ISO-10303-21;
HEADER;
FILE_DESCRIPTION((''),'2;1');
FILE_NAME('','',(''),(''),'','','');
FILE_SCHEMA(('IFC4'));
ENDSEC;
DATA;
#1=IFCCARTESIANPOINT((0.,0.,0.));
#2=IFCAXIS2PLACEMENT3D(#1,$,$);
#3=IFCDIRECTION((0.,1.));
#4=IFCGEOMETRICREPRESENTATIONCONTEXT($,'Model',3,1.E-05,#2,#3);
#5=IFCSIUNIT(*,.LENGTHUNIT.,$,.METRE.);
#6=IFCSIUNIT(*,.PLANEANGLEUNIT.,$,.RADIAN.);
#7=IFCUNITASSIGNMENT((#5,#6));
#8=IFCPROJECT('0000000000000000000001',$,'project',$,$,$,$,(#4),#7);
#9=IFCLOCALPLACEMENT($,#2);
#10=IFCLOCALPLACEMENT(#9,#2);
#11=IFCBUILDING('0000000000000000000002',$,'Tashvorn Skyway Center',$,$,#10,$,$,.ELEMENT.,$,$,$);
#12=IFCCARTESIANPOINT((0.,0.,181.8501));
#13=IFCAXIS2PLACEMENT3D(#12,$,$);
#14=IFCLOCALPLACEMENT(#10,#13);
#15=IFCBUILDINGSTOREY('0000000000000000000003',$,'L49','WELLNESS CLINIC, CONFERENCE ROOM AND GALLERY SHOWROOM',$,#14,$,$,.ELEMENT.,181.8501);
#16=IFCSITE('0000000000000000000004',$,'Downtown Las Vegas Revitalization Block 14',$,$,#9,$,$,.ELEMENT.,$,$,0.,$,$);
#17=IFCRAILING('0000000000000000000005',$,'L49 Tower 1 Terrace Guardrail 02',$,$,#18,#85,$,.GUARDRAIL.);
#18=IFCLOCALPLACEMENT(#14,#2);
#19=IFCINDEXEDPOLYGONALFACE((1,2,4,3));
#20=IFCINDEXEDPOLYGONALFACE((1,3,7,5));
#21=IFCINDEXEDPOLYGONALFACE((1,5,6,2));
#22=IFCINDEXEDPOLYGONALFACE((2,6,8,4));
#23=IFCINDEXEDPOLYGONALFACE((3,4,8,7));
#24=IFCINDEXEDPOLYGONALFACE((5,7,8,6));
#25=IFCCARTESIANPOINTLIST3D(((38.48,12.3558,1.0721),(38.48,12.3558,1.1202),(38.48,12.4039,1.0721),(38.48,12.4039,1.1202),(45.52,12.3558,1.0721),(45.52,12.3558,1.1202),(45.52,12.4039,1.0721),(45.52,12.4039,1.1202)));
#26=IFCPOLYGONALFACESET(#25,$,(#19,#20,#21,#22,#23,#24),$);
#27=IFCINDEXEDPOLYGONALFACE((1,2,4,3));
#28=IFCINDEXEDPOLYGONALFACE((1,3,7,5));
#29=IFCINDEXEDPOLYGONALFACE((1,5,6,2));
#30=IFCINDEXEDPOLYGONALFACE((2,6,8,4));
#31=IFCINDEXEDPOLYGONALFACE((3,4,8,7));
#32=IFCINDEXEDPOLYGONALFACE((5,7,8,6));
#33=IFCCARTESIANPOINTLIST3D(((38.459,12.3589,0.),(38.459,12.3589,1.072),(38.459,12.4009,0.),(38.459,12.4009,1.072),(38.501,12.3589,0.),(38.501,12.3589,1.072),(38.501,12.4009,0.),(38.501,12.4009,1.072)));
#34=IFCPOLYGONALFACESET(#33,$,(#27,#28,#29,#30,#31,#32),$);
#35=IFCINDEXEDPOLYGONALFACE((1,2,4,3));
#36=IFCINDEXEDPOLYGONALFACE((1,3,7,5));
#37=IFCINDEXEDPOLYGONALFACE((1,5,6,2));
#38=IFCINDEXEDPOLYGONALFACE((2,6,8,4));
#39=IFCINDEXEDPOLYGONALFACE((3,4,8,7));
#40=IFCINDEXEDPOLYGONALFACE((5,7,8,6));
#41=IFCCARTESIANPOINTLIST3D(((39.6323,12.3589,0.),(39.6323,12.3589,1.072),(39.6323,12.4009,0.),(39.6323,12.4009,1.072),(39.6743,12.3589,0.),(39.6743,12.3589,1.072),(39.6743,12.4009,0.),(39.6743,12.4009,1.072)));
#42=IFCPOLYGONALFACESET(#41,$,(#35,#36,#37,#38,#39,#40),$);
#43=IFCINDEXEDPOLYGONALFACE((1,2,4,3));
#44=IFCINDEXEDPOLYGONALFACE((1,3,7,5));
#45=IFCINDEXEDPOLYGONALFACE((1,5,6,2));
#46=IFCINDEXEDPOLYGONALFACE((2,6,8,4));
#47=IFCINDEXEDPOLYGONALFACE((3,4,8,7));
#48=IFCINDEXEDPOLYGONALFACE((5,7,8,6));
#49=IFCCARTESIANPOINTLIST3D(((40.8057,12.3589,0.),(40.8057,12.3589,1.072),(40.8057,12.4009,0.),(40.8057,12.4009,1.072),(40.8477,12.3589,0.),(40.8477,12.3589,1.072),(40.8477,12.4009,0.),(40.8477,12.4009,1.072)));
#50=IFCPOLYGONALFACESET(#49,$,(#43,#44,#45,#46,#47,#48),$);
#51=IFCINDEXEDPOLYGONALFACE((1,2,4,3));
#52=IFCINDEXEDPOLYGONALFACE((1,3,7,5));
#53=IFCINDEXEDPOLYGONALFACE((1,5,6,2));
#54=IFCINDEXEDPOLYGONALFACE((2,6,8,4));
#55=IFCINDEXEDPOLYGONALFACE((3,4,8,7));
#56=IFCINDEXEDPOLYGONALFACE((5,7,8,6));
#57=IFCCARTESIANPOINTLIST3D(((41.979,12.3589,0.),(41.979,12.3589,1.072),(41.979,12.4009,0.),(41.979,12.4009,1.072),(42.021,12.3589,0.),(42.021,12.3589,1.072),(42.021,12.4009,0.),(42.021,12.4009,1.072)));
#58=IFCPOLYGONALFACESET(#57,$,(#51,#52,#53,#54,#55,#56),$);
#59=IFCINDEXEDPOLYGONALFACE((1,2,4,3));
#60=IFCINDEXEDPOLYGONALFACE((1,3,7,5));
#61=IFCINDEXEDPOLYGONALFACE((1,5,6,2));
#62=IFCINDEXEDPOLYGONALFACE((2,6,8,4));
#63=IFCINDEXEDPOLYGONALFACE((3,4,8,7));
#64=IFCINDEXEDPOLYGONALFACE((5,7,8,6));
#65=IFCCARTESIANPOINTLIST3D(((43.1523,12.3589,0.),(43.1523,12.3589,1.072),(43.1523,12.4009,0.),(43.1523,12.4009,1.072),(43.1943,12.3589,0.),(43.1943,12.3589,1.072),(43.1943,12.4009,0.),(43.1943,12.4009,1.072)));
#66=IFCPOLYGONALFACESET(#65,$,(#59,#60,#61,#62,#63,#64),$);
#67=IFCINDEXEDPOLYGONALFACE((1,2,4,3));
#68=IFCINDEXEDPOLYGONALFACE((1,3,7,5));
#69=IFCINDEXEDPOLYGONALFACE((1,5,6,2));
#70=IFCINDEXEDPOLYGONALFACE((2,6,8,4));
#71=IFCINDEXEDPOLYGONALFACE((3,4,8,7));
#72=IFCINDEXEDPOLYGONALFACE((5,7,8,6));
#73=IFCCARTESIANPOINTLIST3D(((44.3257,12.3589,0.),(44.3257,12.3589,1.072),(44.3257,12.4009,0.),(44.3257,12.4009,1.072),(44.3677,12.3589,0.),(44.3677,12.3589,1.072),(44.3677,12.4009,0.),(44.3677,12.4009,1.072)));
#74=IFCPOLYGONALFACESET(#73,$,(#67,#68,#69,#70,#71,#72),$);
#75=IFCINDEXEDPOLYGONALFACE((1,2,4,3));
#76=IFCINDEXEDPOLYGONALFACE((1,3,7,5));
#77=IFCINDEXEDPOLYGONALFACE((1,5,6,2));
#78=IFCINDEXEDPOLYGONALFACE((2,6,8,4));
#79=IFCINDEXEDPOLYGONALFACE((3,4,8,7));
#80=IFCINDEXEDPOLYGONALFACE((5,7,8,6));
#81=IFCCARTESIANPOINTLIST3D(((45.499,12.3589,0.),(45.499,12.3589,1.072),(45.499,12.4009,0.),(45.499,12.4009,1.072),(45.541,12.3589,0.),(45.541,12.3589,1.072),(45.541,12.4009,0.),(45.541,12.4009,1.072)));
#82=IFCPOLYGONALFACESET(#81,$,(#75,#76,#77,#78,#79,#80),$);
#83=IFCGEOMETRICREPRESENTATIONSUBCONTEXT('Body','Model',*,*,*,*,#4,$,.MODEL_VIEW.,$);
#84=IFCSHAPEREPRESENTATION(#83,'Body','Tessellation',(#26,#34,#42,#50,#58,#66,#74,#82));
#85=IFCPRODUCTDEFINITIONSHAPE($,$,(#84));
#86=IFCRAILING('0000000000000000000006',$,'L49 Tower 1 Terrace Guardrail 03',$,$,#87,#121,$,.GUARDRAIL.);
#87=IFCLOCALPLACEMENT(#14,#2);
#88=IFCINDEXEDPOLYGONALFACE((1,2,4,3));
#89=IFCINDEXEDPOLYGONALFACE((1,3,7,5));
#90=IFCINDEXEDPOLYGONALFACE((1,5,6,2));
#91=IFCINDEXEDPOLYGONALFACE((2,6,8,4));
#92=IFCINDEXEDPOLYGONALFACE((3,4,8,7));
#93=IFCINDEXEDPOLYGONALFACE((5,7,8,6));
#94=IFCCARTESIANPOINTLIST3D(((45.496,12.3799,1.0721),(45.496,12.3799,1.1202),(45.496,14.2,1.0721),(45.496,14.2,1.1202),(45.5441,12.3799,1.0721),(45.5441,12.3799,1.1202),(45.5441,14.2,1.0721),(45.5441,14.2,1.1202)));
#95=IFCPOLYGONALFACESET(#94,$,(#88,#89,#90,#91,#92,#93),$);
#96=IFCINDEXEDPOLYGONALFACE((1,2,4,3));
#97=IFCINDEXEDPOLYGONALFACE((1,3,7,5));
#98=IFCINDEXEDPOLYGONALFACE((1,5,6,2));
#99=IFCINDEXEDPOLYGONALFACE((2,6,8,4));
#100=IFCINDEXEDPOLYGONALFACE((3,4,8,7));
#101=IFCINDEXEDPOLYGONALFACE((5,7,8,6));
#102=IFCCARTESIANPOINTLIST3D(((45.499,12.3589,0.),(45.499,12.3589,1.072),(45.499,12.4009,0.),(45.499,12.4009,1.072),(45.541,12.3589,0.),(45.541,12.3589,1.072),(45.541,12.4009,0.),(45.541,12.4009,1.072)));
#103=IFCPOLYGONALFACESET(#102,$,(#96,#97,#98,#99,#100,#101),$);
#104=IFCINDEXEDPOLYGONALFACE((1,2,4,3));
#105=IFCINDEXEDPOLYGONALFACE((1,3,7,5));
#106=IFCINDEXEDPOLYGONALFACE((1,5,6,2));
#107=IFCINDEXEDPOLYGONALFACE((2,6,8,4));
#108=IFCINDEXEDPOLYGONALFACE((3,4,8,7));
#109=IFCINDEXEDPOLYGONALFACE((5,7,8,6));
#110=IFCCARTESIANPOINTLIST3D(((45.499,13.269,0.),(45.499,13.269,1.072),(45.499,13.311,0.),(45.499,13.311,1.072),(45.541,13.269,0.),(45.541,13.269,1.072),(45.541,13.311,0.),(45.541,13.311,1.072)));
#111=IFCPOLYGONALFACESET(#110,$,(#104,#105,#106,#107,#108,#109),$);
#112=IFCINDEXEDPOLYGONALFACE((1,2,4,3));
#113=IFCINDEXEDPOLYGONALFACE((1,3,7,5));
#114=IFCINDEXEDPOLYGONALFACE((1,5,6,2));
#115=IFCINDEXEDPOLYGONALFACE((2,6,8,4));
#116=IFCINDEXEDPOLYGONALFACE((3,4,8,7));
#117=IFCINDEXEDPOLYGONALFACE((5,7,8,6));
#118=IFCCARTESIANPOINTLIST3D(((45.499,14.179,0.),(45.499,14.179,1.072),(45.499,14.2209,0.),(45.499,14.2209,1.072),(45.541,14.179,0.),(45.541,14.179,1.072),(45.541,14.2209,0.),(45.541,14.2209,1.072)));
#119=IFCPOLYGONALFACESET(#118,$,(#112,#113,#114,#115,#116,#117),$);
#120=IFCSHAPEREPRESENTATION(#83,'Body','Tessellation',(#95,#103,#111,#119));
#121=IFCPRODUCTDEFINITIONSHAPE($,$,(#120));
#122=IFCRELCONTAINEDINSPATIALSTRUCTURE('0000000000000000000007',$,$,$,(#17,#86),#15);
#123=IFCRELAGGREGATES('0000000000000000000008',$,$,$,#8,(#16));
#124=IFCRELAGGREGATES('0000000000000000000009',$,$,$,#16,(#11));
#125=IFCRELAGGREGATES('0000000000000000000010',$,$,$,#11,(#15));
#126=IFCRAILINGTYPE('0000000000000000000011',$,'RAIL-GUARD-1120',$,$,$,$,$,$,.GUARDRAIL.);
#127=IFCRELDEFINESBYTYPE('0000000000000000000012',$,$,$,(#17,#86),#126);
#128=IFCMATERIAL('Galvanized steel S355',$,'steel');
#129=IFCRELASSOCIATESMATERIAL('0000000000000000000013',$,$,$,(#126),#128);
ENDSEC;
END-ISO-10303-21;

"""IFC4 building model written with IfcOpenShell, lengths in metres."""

from ifc_helpers import new_model, si_unit, direction, frame, origin, origin_2d, place, context, subcontext, project, spatial, rectangle, extrude, material, type_object, element, save


model = new_model("IFC4")

# Units and contexts
model_context = context("Model", 3, precision=1e-05, world=origin(), true_north=direction((0.0, 1.0)))
body_context = subcontext(model_context, "Body", "Model", "MODEL_VIEW")
ifc_project = project(units=[si_unit("LENGTHUNIT", "METRE"), si_unit("PLANEANGLEUNIT", "RADIAN")], contexts=[model_context])

# Site, building, storey
site_placement = place(None, origin())
site = spatial("IfcSite", under=ifc_project, at=site_placement, Name="Downtown Las Vegas Revitalization Block 14", CompositionType="ELEMENT", RefElevation=0.0)
building_placement = place(site_placement, origin())
building = spatial("IfcBuilding", under=site, at=building_placement, Name="Tashvorn Skyway Center", CompositionType="ELEMENT")
storey_placement = place(building_placement, frame((0.0, 0.0, 181.8501)))
storey = spatial("IfcBuildingStorey", under=building, at=storey_placement, Name="L49", Description="WELLNESS CLINIC, CONFERENCE ROOM AND GALLERY SHOWROOM", CompositionType="ELEMENT", Elevation=181.8501)

# Railings
ifc_material_1 = material(Name="Galvanized steel S355", Category="steel")
railing_type = type_object("IfcRailingType", Name="RAIL-GUARD-1120", PredefinedType="GUARDRAIL", material=ifc_material_1)
railing_1_placement = place(storey_placement, frame((38.48, 12.3799, 0.0)))
element("IfcRailing", 1, at=railing_1_placement, inside=storey, type_object=railing_type, Name="L49 Tower 1 Terrace Guardrail 02", PredefinedType="GUARDRAIL", context=body_context, shape_type="SweptSolid", body=[
    extrude(rectangle(XDim=0.0481, YDim=0.0481, at=origin_2d()), frame((0.0, 0.0, 1.0962), z_axis=(1.0, 0.0, 0.0), x_axis=(0.0, 1.0, 0.0)), (0.0, 0.0, 1.0), 7.04),
    extrude(rectangle(XDim=0.042, YDim=0.042, at=origin_2d()), origin(), (0.0, 0.0, 1.0), 1.072),
    extrude(rectangle(XDim=0.042, YDim=0.042, at=origin_2d()), frame((1.1733, 0.0, 0.0)), (0.0, 0.0, 1.0), 1.072),
    extrude(rectangle(XDim=0.042, YDim=0.042, at=origin_2d()), frame((2.3467, 0.0, 0.0)), (0.0, 0.0, 1.0), 1.072),
    extrude(rectangle(XDim=0.042, YDim=0.042, at=origin_2d()), frame((3.52, 0.0, 0.0)), (0.0, 0.0, 1.0), 1.072),
    extrude(rectangle(XDim=0.042, YDim=0.042, at=origin_2d()), frame((4.6934, 0.0, 0.0)), (0.0, 0.0, 1.0), 1.072),
    extrude(rectangle(XDim=0.042, YDim=0.042, at=origin_2d()), frame((5.8667, 0.0, 0.0)), (0.0, 0.0, 1.0), 1.072),
    extrude(rectangle(XDim=0.042, YDim=0.042, at=origin_2d()), frame((7.04, 0.0, 0.0)), (0.0, 0.0, 1.0), 1.072),
])
railing_2_placement = place(storey_placement, frame((45.52, 12.3799, 0.0)))
element("IfcRailing", 2, at=railing_2_placement, inside=storey, type_object=railing_type, Name="L49 Tower 1 Terrace Guardrail 03", PredefinedType="GUARDRAIL", context=body_context, shape_type="SweptSolid", body=[
    extrude(rectangle(XDim=0.0481, YDim=0.0481, at=origin_2d()), frame((0.0, 0.0, 1.0962), z_axis=(0.0, 1.0, 0.0), x_axis=(-1.0, 0.0, 0.0)), (0.0, 0.0, 1.0), 1.8201),
    extrude(rectangle(XDim=0.042, YDim=0.042, at=origin_2d()), origin(), (0.0, 0.0, 1.0), 1.072),
    extrude(rectangle(XDim=0.042, YDim=0.042, at=origin_2d()), frame((0.0, 0.9102, 0.0)), (0.0, 0.0, 1.0), 1.072),
    extrude(rectangle(XDim=0.042, YDim=0.042, at=origin_2d()), frame((0.0, 1.8201, 0.0)), (0.0, 0.0, 1.0), 1.072),
])

save(model, "model.ifc")
